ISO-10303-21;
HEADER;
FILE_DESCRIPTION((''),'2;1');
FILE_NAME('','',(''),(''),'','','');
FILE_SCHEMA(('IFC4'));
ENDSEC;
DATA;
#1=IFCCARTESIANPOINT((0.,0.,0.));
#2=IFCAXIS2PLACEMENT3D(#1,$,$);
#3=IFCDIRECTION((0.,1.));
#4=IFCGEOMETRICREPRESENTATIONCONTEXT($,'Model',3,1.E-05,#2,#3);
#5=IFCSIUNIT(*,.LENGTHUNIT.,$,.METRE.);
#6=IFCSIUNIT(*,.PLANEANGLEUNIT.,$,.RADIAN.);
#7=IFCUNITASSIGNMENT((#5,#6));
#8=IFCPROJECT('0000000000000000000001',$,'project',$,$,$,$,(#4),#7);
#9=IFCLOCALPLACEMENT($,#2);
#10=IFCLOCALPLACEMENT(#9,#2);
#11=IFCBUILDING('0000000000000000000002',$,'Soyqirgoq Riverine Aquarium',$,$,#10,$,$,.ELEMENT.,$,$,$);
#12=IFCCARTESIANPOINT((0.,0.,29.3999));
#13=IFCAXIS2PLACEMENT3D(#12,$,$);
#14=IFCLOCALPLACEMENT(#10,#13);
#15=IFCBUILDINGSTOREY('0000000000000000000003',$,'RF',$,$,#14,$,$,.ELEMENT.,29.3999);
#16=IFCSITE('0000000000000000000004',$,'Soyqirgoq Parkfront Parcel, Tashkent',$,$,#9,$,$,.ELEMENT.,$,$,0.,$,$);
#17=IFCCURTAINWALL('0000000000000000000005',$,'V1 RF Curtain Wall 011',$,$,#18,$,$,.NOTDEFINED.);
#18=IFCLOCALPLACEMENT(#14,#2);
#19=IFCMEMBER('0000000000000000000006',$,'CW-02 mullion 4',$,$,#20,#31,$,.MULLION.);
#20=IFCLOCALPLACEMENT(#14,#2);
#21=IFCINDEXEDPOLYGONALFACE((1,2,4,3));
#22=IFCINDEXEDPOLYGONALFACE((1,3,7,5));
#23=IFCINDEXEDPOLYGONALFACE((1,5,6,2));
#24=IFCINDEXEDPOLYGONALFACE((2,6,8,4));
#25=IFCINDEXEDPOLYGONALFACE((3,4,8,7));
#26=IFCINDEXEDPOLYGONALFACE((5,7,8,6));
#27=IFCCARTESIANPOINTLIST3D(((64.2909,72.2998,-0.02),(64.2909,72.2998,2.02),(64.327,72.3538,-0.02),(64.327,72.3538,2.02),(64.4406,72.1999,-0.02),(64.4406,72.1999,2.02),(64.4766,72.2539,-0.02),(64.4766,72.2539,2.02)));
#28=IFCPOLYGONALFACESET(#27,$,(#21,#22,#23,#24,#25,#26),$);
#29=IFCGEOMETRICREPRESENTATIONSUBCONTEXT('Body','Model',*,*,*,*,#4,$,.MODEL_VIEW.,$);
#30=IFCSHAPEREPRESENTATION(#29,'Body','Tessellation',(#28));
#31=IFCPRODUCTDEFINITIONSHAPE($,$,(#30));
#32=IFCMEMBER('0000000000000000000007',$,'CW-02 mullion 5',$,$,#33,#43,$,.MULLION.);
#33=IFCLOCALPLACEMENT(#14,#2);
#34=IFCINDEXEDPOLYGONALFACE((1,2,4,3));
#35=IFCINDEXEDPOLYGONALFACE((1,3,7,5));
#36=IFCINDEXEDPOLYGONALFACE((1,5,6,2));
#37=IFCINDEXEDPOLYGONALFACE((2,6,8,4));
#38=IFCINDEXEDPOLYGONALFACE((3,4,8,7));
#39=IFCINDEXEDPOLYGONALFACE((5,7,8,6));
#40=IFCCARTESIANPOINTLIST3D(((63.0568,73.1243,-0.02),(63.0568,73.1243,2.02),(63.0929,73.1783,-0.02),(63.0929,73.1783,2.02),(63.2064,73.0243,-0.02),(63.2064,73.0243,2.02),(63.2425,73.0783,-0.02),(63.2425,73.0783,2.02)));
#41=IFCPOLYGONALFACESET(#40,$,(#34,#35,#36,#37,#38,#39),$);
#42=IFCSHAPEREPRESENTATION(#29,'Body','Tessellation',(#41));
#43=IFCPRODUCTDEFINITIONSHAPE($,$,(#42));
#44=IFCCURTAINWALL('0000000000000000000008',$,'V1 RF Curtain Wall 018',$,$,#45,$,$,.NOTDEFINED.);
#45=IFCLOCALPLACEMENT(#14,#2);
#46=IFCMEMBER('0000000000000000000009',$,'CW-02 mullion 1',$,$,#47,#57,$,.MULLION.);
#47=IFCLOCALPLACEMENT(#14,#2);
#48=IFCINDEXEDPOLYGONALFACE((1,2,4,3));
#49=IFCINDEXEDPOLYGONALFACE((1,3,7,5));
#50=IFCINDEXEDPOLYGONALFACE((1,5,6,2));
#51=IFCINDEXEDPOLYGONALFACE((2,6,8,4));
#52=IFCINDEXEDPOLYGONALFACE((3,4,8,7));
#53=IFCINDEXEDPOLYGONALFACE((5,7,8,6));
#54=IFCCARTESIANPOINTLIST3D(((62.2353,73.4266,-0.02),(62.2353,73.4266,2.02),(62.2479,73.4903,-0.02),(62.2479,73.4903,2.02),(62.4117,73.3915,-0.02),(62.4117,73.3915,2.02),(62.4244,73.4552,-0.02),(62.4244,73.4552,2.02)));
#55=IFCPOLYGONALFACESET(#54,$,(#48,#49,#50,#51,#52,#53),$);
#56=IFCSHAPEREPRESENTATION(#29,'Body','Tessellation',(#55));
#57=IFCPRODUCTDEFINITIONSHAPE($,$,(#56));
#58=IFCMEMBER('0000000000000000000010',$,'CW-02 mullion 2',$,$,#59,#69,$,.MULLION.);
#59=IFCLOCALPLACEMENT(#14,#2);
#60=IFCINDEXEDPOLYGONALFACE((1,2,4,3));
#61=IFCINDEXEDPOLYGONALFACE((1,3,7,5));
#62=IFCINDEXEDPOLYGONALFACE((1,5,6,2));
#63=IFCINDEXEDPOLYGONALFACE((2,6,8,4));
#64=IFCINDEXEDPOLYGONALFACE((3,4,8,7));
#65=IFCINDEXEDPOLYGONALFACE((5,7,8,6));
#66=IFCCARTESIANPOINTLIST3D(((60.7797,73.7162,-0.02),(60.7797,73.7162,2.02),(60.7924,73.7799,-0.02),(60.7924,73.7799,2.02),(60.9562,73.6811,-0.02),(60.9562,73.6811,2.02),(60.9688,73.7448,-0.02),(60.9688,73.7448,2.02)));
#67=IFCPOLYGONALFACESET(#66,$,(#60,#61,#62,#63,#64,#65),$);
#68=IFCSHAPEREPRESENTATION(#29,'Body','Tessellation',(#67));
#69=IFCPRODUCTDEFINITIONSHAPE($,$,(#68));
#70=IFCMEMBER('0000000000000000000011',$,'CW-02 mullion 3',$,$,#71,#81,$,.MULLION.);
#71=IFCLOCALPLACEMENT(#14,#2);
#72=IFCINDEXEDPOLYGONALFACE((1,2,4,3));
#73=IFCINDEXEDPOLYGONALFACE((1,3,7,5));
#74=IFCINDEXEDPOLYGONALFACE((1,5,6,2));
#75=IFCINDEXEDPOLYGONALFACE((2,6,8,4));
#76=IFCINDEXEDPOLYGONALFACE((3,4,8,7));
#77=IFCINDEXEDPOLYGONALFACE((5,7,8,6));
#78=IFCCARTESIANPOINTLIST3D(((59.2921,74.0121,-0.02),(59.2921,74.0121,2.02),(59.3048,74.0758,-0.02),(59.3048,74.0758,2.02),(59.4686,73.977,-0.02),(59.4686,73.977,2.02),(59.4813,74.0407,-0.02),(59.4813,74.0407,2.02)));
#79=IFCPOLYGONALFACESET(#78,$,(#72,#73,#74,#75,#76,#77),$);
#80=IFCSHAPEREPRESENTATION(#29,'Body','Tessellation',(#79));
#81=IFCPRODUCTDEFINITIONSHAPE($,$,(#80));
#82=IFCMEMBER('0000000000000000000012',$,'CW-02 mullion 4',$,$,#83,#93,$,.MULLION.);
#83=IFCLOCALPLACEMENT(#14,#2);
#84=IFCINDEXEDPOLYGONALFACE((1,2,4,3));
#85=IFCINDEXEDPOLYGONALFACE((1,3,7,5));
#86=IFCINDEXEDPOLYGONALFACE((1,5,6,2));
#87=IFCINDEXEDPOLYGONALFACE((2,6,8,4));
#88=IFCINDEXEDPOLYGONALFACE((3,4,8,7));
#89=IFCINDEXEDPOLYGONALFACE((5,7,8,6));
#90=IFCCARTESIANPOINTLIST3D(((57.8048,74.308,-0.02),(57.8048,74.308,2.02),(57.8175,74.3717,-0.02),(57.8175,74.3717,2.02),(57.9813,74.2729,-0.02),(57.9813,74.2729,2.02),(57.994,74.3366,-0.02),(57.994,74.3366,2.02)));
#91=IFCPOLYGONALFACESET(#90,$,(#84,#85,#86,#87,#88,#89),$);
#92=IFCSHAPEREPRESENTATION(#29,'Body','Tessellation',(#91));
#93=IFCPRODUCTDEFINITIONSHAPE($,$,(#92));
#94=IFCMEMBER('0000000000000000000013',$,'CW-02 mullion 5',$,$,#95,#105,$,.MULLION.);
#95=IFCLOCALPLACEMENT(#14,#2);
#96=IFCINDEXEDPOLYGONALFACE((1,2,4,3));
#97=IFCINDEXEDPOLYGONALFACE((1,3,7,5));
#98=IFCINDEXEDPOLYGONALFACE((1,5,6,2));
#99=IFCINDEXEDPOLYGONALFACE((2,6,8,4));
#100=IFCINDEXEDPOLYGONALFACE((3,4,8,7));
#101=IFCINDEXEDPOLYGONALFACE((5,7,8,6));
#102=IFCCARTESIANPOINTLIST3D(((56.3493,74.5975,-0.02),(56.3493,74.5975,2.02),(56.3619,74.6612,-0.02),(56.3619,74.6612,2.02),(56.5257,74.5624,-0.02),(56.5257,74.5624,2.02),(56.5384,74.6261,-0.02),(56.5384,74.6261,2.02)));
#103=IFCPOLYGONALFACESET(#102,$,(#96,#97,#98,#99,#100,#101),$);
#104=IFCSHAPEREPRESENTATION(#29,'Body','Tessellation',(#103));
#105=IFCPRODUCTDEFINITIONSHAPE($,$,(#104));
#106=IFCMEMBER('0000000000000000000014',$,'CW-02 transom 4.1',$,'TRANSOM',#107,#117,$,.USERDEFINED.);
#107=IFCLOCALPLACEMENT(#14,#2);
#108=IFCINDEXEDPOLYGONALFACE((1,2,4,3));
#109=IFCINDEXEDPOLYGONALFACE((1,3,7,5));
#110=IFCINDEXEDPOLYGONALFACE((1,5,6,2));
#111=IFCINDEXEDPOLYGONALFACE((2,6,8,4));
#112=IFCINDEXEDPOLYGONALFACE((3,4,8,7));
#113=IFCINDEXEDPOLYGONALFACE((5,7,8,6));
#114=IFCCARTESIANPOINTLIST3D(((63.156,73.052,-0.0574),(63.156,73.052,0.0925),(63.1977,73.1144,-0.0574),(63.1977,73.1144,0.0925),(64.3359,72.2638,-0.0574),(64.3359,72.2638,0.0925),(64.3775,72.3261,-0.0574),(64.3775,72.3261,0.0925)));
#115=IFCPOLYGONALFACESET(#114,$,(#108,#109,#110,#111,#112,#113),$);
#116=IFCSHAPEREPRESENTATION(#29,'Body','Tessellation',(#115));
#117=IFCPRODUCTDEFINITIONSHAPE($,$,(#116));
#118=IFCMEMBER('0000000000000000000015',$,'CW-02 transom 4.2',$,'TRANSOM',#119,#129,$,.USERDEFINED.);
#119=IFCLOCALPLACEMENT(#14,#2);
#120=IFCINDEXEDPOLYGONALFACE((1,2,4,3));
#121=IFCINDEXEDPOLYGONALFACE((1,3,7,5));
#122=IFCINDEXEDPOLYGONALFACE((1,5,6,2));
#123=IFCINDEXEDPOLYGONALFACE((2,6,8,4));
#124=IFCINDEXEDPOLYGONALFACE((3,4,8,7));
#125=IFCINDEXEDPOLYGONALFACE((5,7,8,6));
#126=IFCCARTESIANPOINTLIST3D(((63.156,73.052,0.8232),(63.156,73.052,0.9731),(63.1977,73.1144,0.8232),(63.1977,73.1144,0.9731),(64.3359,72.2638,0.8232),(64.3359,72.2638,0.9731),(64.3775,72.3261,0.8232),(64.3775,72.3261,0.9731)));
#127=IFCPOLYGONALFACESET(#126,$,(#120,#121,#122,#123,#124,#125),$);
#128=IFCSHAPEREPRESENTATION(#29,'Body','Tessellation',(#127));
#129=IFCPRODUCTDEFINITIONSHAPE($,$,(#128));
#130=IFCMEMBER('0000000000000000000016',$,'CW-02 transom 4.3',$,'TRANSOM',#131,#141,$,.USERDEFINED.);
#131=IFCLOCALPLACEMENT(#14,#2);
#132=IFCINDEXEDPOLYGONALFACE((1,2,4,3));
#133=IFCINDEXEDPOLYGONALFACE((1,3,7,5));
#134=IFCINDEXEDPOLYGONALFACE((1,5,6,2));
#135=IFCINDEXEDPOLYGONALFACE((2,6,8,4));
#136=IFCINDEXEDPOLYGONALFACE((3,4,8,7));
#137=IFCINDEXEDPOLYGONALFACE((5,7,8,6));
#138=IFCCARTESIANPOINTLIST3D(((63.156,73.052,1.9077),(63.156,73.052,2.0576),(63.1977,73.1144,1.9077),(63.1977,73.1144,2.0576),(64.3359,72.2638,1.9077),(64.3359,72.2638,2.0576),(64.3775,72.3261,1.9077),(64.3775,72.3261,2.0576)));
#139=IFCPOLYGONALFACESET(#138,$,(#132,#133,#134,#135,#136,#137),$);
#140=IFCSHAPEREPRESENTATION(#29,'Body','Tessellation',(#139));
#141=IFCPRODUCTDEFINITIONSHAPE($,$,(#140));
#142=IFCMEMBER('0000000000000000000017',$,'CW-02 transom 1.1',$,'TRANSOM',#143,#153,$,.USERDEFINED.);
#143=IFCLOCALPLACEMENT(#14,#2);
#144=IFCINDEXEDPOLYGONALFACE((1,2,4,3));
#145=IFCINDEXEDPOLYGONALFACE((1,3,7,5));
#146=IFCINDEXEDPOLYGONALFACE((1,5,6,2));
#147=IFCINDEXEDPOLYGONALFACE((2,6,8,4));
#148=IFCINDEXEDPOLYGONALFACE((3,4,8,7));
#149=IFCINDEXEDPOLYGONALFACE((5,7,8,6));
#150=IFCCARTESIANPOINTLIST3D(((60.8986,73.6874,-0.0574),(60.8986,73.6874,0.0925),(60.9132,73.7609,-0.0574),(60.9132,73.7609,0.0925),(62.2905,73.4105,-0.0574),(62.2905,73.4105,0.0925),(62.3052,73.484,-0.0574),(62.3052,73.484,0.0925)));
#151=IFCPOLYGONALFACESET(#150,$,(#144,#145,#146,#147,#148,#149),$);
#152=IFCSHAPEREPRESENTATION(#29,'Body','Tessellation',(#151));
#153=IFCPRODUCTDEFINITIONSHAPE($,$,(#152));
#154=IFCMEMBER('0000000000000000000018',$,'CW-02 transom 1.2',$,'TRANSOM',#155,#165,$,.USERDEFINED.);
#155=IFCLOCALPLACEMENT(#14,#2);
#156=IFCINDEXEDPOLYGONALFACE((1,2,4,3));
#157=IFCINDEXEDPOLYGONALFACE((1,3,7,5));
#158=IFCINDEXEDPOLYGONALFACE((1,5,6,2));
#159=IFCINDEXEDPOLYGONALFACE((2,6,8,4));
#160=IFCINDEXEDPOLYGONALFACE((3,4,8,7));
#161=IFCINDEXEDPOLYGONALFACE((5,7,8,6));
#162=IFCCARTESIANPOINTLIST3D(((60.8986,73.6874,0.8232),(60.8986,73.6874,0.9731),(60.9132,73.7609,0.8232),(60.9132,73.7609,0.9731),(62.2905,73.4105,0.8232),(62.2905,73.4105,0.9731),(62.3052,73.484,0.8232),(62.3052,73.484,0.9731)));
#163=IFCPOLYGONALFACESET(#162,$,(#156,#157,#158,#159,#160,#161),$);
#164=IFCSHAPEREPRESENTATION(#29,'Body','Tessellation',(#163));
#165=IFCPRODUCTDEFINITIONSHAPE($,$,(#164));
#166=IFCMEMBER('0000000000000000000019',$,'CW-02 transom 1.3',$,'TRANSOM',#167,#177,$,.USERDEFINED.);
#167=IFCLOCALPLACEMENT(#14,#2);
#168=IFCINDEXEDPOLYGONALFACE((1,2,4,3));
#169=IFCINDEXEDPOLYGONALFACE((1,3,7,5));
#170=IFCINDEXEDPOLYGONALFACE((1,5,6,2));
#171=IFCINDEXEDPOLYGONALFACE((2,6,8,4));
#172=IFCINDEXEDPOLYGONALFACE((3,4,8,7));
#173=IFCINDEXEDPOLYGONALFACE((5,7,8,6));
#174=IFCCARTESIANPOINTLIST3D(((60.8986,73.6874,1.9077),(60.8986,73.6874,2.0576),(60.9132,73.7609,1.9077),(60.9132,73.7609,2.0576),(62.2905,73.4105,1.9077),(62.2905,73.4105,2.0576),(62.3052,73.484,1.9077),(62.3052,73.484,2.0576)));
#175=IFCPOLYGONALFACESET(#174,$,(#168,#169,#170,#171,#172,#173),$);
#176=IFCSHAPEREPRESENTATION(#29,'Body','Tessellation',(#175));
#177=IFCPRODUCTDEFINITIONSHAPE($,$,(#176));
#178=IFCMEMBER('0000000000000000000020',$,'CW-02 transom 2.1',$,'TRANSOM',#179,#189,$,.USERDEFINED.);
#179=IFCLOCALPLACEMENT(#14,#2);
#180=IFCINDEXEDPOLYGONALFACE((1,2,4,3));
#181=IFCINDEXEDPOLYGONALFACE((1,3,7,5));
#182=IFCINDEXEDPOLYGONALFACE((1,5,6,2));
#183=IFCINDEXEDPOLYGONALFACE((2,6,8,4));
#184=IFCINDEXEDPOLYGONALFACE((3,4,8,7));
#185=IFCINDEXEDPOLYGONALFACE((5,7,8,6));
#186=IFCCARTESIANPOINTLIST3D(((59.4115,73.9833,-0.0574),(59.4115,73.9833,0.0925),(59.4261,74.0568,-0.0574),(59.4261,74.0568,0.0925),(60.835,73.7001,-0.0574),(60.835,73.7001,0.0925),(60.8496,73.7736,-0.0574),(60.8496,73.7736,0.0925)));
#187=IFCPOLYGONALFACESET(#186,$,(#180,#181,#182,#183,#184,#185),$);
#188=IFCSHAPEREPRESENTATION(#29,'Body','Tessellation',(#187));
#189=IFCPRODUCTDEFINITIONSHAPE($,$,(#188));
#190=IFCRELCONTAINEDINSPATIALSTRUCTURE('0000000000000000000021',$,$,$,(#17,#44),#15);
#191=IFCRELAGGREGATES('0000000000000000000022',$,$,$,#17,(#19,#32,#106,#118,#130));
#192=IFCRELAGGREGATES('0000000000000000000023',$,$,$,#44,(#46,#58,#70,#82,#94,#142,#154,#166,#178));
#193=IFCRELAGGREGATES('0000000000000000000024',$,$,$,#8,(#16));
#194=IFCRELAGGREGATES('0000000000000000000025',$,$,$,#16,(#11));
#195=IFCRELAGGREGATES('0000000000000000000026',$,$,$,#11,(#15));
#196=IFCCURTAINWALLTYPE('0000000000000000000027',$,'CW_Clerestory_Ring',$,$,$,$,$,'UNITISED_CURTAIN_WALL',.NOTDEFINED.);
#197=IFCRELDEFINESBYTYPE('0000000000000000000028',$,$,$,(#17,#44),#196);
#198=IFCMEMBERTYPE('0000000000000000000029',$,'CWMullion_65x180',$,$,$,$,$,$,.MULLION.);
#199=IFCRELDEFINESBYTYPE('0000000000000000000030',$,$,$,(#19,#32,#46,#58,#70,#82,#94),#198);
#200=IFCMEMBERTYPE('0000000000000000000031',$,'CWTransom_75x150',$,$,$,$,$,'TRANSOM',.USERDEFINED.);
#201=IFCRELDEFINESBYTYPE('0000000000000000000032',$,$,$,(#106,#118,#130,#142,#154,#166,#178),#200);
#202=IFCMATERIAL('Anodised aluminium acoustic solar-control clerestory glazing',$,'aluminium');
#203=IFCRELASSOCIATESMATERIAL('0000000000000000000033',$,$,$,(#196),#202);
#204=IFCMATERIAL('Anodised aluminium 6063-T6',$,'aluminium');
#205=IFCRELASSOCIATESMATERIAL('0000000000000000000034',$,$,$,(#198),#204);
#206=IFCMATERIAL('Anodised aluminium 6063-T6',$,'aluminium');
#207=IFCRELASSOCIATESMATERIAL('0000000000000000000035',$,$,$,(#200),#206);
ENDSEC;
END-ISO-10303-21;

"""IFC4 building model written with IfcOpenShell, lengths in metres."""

from ifc_helpers import new_model, si_unit, direction, frame, origin, origin_2d, place, context, subcontext, project, spatial, rectangle, extrude, material, material_profile, profile_set, type_object, element, aggregate, save


model = new_model("IFC4")

# Units and contexts
model_context = context("Model", 3, precision=1e-05, world=origin(), true_north=direction((0.0, 1.0)))
body_context = subcontext(model_context, "Body", "Model", "MODEL_VIEW")
ifc_project = project(units=[si_unit("LENGTHUNIT", "METRE"), si_unit("PLANEANGLEUNIT", "RADIAN")], contexts=[model_context])

# Site, building, storey
site_placement = place(None, origin())
site = spatial("IfcSite", under=ifc_project, at=site_placement, Name="Soyqirgoq Parkfront Parcel, Tashkent", CompositionType="ELEMENT", RefElevation=0.0)
building_placement = place(site_placement, origin())
building = spatial("IfcBuilding", under=site, at=building_placement, Name="Soyqirgoq Riverine Aquarium", CompositionType="ELEMENT")
storey_placement = place(building_placement, frame((0.0, 0.0, 29.3999)))
storey = spatial("IfcBuildingStorey", under=building, at=storey_placement, Name="RF", CompositionType="ELEMENT", Elevation=29.3999)

# Curtain walls, members
ifc_material_1 = material(Name="Anodised aluminium acoustic solar-control clerestory glazing", Category="aluminium")
curtain_wall_type = type_object("IfcCurtainWallType", Name="CW_Clerestory_Ring", ElementType="UNITISED_CURTAIN_WALL", PredefinedType="NOTDEFINED", material=ifc_material_1)
curtain_wall_1_placement = place(storey_placement, origin())
curtain_wall_1 = element("IfcCurtainWall", 1, at=curtain_wall_1_placement, inside=storey, type_object=curtain_wall_type, Name="V1 RF Curtain Wall 011", PredefinedType="NOTDEFINED")
ifc_material_2 = material(Name="Anodised aluminium 6063-T6", Category="aluminium")
ifc_material_profile_1 = material_profile(ifc_material_2, rectangle(XDim=0.0649, YDim=0.1799, at=origin_2d()), Name="ALU-M 65x180")
ifc_profile_set_1 = profile_set([ifc_material_profile_1], Name="Anodised aluminium 6063-T6")
member_type_1 = type_object("IfcMemberType", Name="CWMullion_65x180", PredefinedType="MULLION", material=ifc_profile_set_1)
member_1_placement = place(storey_placement, frame((64.3838, 72.2769, -0.02), z_axis=(0.0, 0.0, 1.0), x_axis=(-0.555579, -0.831464, 0.0)))
member_1 = element("IfcMember", 2, at=member_1_placement, type_object=member_type_1, Name="CW-02 mullion 4", PredefinedType="MULLION", context=body_context, shape_type="SweptSolid", body=[
    extrude(rectangle(XDim=0.0649, YDim=0.1799, at=origin_2d()), origin(), (0.0, 0.0, 1.0), 2.04),
])
member_2_placement = place(storey_placement, frame((63.1497, 73.1013, -0.02), z_axis=(0.0, 0.0, 1.0), x_axis=(-0.555579, -0.831464, 0.0)))
member_2 = element("IfcMember", 3, at=member_2_placement, type_object=member_type_1, Name="CW-02 mullion 5", PredefinedType="MULLION", context=body_context, shape_type="SweptSolid", body=[
    extrude(rectangle(XDim=0.0649, YDim=0.1799, at=origin_2d()), origin(), (0.0, 0.0, 1.0), 2.04),
])
curtain_wall_2_placement = place(storey_placement, origin())
curtain_wall_2 = element("IfcCurtainWall", 4, at=curtain_wall_2_placement, inside=storey, type_object=curtain_wall_type, Name="V1 RF Curtain Wall 018", PredefinedType="NOTDEFINED")
member_3_placement = place(storey_placement, frame((62.3298, 73.4409, -0.02), z_axis=(0.0, 0.0, 1.0), x_axis=(-0.195095, -0.980784, 0.0)))
member_3 = element("IfcMember", 5, at=member_3_placement, type_object=member_type_1, Name="CW-02 mullion 1", PredefinedType="MULLION", context=body_context, shape_type="SweptSolid", body=[
    extrude(rectangle(XDim=0.0649, YDim=0.1799, at=origin_2d()), origin(), (0.0, 0.0, 1.0), 2.04),
])
member_4_placement = place(storey_placement, frame((60.8743, 73.7305, -0.02), z_axis=(0.0, 0.0, 1.0), x_axis=(-0.195095, -0.980784, 0.0)))
member_4 = element("IfcMember", 6, at=member_4_placement, type_object=member_type_1, Name="CW-02 mullion 2", PredefinedType="MULLION", context=body_context, shape_type="SweptSolid", body=[
    extrude(rectangle(XDim=0.0649, YDim=0.1799, at=origin_2d()), origin(), (0.0, 0.0, 1.0), 2.04),
])
member_5_placement = place(storey_placement, frame((59.3867, 74.0264, -0.02), z_axis=(0.0, 0.0, 1.0), x_axis=(-0.195095, -0.980784, 0.0)))
member_5 = element("IfcMember", 7, at=member_5_placement, type_object=member_type_1, Name="CW-02 mullion 3", PredefinedType="MULLION", context=body_context, shape_type="SweptSolid", body=[
    extrude(rectangle(XDim=0.0649, YDim=0.1799, at=origin_2d()), origin(), (0.0, 0.0, 1.0), 2.04),
])
member_6_placement = place(storey_placement, frame((57.8994, 74.3223, -0.02), z_axis=(0.0, 0.0, 1.0), x_axis=(-0.195095, -0.980784, 0.0)))
member_6 = element("IfcMember", 8, at=member_6_placement, type_object=member_type_1, Name="CW-02 mullion 4", PredefinedType="MULLION", context=body_context, shape_type="SweptSolid", body=[
    extrude(rectangle(XDim=0.0649, YDim=0.1799, at=origin_2d()), origin(), (0.0, 0.0, 1.0), 2.04),
])
member_7_placement = place(storey_placement, frame((56.4438, 74.6118, -0.02), z_axis=(0.0, 0.0, 1.0), x_axis=(-0.195095, -0.980784, 0.0)))
member_7 = element("IfcMember", 9, at=member_7_placement, type_object=member_type_1, Name="CW-02 mullion 5", PredefinedType="MULLION", context=body_context, shape_type="SweptSolid", body=[
    extrude(rectangle(XDim=0.0649, YDim=0.1799, at=origin_2d()), origin(), (0.0, 0.0, 1.0), 2.04),
])

# Members
ifc_material_3 = material(Name="Anodised aluminium 6063-T6", Category="aluminium")
ifc_material_profile_2 = material_profile(ifc_material_3, rectangle(XDim=0.075, YDim=0.1499, at=origin_2d()), Name="ALU-T 75x150")
ifc_profile_set_2 = profile_set([ifc_material_profile_2], Name="Anodised aluminium 6063-T6")
member_type_2 = type_object("IfcMemberType", Name="CWTransom_75x150", ElementType="TRANSOM", PredefinedType="USERDEFINED", material=ifc_profile_set_2)
member_8_placement = place(storey_placement, frame((64.3567, 72.2949, 0.0176), z_axis=(-0.831494, 0.555534, 0.0), x_axis=(-0.555534, -0.831494, 0.0)))
member_8 = element("IfcMember", 10, at=member_8_placement, type_object=member_type_2, Name="CW-02 transom 4.1", ObjectType="TRANSOM", PredefinedType="USERDEFINED", context=body_context, shape_type="SweptSolid", body=[
    extrude(rectangle(XDim=0.075, YDim=0.1499, at=origin_2d()), origin(), (0.0, 0.0, 1.0), 1.4189),
])
member_9_placement = place(storey_placement, frame((64.3567, 72.2949, 0.8982), z_axis=(-0.831494, 0.555534, 0.0), x_axis=(-0.555534, -0.831494, 0.0)))
member_9 = element("IfcMember", 11, at=member_9_placement, type_object=member_type_2, Name="CW-02 transom 4.2", ObjectType="TRANSOM", PredefinedType="USERDEFINED", context=body_context, shape_type="SweptSolid", body=[
    extrude(rectangle(XDim=0.075, YDim=0.1499, at=origin_2d()), origin(), (0.0, 0.0, 1.0), 1.4189),
])
member_10_placement = place(storey_placement, frame((64.3567, 72.2949, 1.9827), z_axis=(-0.831494, 0.555534, 0.0), x_axis=(-0.555534, -0.831494, 0.0)))
member_10 = element("IfcMember", 12, at=member_10_placement, type_object=member_type_2, Name="CW-02 transom 4.3", ObjectType="TRANSOM", PredefinedType="USERDEFINED", context=body_context, shape_type="SweptSolid", body=[
    extrude(rectangle(XDim=0.075, YDim=0.1499, at=origin_2d()), origin(), (0.0, 0.0, 1.0), 1.4189),
])
member_11_placement = place(storey_placement, frame((62.2979, 73.4473, 0.0176), z_axis=(-0.980785, 0.19509, 0.0), x_axis=(-0.19509, -0.980785, 0.0)))
member_11 = element("IfcMember", 13, at=member_11_placement, type_object=member_type_2, Name="CW-02 transom 1.1", ObjectType="TRANSOM", PredefinedType="USERDEFINED", context=body_context, shape_type="SweptSolid", body=[
    extrude(rectangle(XDim=0.075, YDim=0.1499, at=origin_2d()), origin(), (0.0, 0.0, 1.0), 1.4192),
])
member_12_placement = place(storey_placement, frame((62.2979, 73.4473, 0.8982), z_axis=(-0.980785, 0.19509, 0.0), x_axis=(-0.19509, -0.980785, 0.0)))
member_12 = element("IfcMember", 14, at=member_12_placement, type_object=member_type_2, Name="CW-02 transom 1.2", ObjectType="TRANSOM", PredefinedType="USERDEFINED", context=body_context, shape_type="SweptSolid", body=[
    extrude(rectangle(XDim=0.075, YDim=0.1499, at=origin_2d()), origin(), (0.0, 0.0, 1.0), 1.4192),
])
member_13_placement = place(storey_placement, frame((62.2979, 73.4473, 1.9827), z_axis=(-0.980785, 0.19509, 0.0), x_axis=(-0.19509, -0.980785, 0.0)))
member_13 = element("IfcMember", 15, at=member_13_placement, type_object=member_type_2, Name="CW-02 transom 1.3", ObjectType="TRANSOM", PredefinedType="USERDEFINED", context=body_context, shape_type="SweptSolid", body=[
    extrude(rectangle(XDim=0.075, YDim=0.1499, at=origin_2d()), origin(), (0.0, 0.0, 1.0), 1.4192),
])
member_14_placement = place(storey_placement, frame((60.8423, 73.7368, 0.0176), z_axis=(-0.980781, 0.195113, 0.0), x_axis=(-0.195113, -0.980781, 0.0)))
member_14 = element("IfcMember", 16, at=member_14_placement, type_object=member_type_2, Name="CW-02 transom 2.1", ObjectType="TRANSOM", PredefinedType="USERDEFINED", context=body_context, shape_type="SweptSolid", body=[
    extrude(rectangle(XDim=0.075, YDim=0.1499, at=origin_2d()), origin(), (0.0, 0.0, 1.0), 1.4514),
])

aggregate(curtain_wall_1, [member_1, member_2, member_8, member_9, member_10])
aggregate(curtain_wall_2, [member_3, member_4, member_5, member_6, member_7, member_11, member_12, member_13, member_14])

save(model, "model.ifc")
